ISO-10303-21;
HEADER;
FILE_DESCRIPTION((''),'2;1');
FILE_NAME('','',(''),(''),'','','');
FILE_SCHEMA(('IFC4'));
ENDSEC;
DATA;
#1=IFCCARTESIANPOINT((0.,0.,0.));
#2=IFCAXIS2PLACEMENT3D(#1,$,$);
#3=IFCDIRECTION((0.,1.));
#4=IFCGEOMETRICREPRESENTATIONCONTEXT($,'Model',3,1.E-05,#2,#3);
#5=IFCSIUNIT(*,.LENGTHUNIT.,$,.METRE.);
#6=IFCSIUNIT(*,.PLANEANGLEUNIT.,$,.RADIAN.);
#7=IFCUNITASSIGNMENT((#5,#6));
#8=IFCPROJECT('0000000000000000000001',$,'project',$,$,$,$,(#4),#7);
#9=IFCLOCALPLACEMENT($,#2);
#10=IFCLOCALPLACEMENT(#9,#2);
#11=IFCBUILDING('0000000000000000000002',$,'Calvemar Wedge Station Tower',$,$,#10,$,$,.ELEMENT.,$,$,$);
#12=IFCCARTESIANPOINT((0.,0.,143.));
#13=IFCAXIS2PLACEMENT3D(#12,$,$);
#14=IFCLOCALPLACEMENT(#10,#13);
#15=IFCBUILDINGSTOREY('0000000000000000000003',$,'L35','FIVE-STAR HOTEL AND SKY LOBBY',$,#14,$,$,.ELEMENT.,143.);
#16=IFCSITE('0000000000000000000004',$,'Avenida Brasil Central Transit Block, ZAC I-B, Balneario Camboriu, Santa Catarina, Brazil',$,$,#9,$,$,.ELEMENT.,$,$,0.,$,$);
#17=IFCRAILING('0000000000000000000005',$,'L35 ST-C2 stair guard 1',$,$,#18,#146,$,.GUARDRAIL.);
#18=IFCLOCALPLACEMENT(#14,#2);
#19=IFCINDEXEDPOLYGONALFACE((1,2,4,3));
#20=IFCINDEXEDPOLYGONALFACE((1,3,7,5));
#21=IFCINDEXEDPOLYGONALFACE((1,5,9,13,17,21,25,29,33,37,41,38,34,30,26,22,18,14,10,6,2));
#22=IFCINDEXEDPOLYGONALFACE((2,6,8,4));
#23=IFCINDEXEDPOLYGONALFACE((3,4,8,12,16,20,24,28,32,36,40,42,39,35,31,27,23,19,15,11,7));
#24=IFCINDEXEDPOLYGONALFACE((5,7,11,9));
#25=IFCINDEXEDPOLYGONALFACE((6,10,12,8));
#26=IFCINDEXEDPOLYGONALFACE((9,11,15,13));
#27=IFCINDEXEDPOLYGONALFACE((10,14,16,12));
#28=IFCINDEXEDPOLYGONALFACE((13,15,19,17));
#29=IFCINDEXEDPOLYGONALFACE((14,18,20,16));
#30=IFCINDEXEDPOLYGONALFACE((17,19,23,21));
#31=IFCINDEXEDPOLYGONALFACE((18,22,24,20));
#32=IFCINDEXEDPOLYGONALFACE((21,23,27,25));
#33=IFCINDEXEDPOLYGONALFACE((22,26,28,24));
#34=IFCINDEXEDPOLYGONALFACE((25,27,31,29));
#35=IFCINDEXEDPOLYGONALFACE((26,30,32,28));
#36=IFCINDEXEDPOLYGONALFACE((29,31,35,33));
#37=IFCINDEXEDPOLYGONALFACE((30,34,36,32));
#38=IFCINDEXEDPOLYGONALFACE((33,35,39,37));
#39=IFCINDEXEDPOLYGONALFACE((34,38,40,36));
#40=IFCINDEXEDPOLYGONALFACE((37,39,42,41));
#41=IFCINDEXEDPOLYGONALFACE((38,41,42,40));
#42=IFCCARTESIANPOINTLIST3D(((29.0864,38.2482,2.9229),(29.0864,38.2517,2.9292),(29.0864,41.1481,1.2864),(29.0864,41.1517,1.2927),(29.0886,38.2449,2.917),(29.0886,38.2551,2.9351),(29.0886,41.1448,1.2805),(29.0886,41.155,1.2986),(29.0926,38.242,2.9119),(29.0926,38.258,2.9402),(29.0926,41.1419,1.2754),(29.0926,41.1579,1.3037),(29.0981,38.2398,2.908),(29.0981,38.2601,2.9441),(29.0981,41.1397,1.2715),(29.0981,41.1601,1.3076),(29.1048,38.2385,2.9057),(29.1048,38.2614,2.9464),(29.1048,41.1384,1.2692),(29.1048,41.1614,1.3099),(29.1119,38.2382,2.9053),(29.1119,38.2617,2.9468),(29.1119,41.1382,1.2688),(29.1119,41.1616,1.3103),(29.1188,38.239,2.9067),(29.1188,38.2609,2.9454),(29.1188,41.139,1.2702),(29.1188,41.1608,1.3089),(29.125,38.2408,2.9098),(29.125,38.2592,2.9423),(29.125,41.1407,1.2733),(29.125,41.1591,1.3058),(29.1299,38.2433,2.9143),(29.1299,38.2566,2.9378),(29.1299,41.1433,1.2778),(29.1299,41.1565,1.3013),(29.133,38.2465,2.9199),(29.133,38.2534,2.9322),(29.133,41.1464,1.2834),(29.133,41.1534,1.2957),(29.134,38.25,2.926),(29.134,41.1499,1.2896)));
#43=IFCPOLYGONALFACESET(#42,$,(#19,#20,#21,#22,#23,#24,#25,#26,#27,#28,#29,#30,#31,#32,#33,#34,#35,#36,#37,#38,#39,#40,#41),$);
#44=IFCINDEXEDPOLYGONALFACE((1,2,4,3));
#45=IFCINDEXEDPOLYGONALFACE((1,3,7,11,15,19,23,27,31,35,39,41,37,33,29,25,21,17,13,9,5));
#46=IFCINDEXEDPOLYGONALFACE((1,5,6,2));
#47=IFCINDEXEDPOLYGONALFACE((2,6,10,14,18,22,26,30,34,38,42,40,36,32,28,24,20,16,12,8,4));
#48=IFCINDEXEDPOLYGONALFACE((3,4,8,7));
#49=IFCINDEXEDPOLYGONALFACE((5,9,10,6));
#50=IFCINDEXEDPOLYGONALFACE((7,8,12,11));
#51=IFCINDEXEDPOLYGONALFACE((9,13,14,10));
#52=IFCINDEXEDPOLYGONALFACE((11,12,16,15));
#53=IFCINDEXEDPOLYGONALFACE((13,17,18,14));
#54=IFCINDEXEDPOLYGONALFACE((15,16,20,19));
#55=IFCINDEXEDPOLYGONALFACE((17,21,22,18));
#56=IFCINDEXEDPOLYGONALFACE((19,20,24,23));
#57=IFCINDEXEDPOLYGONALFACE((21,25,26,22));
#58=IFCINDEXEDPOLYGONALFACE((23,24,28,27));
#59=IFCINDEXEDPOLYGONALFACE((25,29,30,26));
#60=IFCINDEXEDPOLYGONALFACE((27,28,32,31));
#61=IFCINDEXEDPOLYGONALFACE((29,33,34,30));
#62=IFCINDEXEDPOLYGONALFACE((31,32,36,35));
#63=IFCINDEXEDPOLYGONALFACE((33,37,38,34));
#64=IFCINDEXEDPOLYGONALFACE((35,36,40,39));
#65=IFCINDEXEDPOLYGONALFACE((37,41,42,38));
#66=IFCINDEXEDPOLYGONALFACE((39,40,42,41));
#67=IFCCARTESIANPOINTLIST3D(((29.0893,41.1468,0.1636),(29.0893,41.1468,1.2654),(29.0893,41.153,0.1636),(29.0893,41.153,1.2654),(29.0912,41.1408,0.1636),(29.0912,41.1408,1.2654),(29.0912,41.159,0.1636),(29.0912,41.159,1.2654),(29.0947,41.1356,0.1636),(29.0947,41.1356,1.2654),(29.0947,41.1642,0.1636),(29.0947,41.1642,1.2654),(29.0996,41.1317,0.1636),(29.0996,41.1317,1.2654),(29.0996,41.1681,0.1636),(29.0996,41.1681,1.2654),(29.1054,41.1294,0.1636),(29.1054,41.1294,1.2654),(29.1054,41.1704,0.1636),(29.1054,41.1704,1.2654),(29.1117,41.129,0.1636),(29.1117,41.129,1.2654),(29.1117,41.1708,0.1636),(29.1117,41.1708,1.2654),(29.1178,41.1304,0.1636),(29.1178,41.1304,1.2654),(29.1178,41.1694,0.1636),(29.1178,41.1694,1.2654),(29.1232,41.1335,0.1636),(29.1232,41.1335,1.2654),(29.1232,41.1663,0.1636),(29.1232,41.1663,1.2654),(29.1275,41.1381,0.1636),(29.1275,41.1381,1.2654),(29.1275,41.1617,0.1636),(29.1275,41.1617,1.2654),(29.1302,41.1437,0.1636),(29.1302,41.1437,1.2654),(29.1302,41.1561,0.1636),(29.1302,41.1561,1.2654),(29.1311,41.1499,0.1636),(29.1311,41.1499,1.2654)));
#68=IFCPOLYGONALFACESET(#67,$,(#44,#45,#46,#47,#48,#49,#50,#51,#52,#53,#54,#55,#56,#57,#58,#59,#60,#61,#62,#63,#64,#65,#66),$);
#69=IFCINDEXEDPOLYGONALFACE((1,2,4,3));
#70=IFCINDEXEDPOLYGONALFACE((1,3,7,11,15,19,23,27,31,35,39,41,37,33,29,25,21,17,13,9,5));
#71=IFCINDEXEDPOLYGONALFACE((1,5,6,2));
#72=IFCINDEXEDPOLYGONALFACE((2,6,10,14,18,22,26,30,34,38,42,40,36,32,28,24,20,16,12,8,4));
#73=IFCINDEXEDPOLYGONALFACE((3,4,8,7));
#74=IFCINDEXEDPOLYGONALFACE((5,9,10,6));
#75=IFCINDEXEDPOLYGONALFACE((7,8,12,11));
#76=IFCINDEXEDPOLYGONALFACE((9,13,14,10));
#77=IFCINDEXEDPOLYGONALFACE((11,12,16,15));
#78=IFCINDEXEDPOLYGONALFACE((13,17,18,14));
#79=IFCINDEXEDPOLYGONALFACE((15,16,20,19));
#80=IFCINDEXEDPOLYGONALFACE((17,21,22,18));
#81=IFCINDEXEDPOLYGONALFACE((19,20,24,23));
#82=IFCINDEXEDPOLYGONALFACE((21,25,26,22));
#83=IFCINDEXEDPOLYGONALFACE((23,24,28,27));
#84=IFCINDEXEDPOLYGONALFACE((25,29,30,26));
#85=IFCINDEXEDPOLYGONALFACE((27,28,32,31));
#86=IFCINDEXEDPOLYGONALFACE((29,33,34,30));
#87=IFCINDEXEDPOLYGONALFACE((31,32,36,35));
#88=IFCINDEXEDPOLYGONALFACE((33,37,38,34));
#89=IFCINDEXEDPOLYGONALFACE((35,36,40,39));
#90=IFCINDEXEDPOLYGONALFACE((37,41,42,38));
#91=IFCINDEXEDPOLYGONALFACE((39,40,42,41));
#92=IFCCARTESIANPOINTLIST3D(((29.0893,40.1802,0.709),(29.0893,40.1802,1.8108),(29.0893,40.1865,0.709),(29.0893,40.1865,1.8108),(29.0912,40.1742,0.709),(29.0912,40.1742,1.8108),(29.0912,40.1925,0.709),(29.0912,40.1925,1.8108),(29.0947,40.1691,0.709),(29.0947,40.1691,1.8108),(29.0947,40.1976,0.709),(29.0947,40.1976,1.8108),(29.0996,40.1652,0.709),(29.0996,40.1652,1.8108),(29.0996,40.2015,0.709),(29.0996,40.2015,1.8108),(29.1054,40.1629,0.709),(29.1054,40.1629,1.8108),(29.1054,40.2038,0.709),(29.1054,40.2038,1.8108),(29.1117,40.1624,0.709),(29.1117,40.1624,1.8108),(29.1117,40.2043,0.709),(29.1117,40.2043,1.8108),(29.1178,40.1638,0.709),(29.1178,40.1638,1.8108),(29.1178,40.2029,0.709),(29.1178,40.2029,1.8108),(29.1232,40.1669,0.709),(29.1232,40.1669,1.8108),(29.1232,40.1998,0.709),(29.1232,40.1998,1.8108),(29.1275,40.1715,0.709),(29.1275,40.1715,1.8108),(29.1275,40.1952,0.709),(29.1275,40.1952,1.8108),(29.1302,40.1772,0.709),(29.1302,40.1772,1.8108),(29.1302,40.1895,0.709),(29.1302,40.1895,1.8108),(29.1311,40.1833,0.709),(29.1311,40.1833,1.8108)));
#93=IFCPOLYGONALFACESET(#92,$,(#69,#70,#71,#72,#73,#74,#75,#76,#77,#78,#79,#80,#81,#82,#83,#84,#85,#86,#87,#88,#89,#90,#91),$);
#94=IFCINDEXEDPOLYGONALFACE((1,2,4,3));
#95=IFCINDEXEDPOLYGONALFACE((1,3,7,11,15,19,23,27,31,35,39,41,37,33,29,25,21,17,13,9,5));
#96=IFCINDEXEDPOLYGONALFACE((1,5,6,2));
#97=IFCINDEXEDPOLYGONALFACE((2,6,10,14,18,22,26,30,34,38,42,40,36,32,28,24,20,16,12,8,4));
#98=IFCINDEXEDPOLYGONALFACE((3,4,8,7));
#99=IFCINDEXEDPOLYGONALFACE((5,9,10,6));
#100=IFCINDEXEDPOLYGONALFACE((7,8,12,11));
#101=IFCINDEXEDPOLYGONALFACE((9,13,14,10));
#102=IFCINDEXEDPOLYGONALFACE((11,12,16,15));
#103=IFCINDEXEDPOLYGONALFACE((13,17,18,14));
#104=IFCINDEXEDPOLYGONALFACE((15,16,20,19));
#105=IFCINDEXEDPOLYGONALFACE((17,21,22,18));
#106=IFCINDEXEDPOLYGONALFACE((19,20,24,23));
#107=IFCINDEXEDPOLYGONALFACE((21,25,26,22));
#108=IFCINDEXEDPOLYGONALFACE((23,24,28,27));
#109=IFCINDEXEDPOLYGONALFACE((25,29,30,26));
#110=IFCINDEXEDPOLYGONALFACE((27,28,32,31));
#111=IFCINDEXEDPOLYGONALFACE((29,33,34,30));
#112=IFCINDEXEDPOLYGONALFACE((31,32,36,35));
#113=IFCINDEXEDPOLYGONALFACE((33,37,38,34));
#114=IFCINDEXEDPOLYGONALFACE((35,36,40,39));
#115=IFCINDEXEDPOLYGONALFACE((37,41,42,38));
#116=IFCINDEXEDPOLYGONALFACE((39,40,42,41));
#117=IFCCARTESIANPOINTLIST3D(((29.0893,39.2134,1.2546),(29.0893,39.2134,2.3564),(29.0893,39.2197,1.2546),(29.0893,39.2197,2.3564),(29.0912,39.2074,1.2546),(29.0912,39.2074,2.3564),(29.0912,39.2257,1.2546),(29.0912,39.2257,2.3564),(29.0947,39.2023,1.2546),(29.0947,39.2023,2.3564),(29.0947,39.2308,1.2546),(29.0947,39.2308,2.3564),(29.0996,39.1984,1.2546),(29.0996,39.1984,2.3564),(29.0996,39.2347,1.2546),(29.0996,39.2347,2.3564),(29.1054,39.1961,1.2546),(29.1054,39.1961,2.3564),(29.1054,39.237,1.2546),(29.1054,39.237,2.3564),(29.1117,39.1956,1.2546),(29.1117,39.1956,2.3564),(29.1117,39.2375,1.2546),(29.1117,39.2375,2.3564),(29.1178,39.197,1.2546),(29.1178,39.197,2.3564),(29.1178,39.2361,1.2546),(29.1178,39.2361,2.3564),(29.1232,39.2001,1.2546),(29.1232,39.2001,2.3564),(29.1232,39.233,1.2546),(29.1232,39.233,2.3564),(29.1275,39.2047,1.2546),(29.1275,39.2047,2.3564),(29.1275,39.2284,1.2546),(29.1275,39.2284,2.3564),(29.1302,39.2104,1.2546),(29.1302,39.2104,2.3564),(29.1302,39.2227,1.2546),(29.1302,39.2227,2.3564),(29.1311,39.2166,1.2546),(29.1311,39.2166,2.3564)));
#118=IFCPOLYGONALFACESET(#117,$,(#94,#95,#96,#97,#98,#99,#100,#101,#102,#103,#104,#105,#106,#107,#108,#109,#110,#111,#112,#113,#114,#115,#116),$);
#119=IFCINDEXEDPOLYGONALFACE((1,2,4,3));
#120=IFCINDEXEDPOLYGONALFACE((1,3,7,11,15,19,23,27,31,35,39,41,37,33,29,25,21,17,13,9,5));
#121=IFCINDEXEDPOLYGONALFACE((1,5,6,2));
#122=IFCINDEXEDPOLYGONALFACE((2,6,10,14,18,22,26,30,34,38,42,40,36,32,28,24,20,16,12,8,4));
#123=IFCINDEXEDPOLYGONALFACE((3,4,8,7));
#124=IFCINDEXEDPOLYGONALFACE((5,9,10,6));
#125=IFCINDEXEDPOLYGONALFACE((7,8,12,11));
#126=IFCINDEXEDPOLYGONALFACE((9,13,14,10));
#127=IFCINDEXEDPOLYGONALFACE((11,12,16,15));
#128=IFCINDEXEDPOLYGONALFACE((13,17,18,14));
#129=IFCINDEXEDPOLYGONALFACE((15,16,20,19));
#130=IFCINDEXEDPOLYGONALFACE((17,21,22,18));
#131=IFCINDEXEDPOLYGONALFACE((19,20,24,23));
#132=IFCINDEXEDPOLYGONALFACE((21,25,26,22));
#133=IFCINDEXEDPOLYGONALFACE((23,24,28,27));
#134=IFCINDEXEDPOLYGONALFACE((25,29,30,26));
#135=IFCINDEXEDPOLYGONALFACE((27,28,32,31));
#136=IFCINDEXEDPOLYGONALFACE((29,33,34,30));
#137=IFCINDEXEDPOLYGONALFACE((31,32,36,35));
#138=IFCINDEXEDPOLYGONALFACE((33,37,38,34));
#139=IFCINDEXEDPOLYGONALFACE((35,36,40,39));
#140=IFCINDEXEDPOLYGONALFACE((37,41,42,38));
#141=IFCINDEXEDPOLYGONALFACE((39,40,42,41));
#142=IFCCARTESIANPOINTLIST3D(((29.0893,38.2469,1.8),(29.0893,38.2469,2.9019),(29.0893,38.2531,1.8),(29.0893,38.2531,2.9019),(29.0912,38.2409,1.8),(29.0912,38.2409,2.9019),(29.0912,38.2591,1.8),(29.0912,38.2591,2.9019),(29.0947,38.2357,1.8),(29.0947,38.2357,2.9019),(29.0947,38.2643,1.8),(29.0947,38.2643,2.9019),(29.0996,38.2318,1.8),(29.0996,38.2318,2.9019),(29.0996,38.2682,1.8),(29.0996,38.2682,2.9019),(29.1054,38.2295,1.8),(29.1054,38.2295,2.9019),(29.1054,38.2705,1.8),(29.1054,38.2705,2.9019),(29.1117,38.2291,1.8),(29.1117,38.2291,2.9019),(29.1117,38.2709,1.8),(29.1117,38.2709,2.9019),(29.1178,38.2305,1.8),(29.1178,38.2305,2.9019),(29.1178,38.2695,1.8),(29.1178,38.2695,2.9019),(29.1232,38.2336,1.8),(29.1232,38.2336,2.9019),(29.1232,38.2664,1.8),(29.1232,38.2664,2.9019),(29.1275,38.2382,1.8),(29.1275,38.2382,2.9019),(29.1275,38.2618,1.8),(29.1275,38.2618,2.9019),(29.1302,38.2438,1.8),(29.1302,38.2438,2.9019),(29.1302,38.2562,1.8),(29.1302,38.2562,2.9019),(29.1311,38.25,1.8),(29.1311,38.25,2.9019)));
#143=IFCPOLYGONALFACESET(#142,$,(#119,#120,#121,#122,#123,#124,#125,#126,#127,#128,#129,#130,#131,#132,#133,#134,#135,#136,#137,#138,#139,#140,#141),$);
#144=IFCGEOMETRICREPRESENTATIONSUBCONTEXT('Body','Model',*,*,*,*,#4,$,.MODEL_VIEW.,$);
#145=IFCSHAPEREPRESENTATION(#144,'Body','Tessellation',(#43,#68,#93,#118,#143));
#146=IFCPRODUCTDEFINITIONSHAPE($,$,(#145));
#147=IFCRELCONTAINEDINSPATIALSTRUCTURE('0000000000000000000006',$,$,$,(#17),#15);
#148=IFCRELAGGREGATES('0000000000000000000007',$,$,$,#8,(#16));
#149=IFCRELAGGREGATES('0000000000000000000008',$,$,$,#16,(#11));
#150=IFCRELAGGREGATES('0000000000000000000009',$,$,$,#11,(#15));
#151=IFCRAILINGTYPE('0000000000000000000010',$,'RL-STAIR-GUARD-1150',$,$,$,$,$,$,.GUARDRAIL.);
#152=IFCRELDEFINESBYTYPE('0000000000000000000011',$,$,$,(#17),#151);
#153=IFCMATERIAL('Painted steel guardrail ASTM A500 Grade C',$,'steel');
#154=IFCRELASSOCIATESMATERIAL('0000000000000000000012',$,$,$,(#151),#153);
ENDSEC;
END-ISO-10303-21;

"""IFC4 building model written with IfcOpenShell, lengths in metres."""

from ifc_helpers import new_model, si_unit, direction, frame, origin, origin_2d, place, context, subcontext, project, spatial, circle, extrude, material, type_object, element, save


model = new_model("IFC4")

# Units and contexts
model_context = context("Model", 3, precision=1e-05, world=origin(), true_north=direction((0.0, 1.0)))
body_context = subcontext(model_context, "Body", "Model", "MODEL_VIEW")
ifc_project = project(units=[si_unit("LENGTHUNIT", "METRE"), si_unit("PLANEANGLEUNIT", "RADIAN")], contexts=[model_context])

# Site, building, storey
site_placement = place(None, origin())
site = spatial("IfcSite", under=ifc_project, at=site_placement, Name="Avenida Brasil Central Transit Block, ZAC I-B, Balneario Camboriu, Santa Catarina, Brazil", CompositionType="ELEMENT", RefElevation=0.0)
building_placement = place(site_placement, origin())
building = spatial("IfcBuilding", under=site, at=building_placement, Name="Calvemar Wedge Station Tower", CompositionType="ELEMENT")
storey_placement = place(building_placement, frame((0.0, 0.0, 143.0)))
storey = spatial("IfcBuildingStorey", under=building, at=storey_placement, Name="L35", Description="FIVE-STAR HOTEL AND SKY LOBBY", CompositionType="ELEMENT", Elevation=143.0)

# Railing
ifc_material_1 = material(Name="Painted steel guardrail ASTM A500 Grade C", Category="steel")
railing_type_1 = type_object("IfcRailingType", Name="RL-STAIR-GUARD-1150", PredefinedType="GUARDRAIL", material=ifc_material_1)
railing_1_placement = place(storey_placement, frame((29.1101, 41.1499, 0.1636)))
element("IfcRailing", 1, at=railing_1_placement, inside=storey, type_object=railing_type_1, Name="L35 ST-C2 stair guard 1", PredefinedType="GUARDRAIL", context=body_context, shape_type="SweptSolid", body=[
    extrude(circle(Radius=0.0239, at=origin_2d()), frame((0.0, 0.0, 1.126), z_axis=(0.0, -0.870897, 0.491465), x_axis=(1.0, 0.0, 0.0)), (0.0, 0.0, 1.0), 3.3298),
    extrude(circle(Radius=0.021, at=origin_2d()), origin(), (0.0, 0.0, 1.0), 1.1018),
    extrude(circle(Radius=0.021, at=origin_2d()), frame((0.0, -0.9666, 0.5454)), (0.0, 0.0, 1.0), 1.1018),
    extrude(circle(Radius=0.021, at=origin_2d()), frame((0.0, -1.9333, 1.0911)), (0.0, 0.0, 1.0), 1.1018),
    extrude(circle(Radius=0.021, at=origin_2d()), frame((0.0, -2.8999, 1.6365)), (0.0, 0.0, 1.0), 1.1018),
])

save(model, "model.ifc")
